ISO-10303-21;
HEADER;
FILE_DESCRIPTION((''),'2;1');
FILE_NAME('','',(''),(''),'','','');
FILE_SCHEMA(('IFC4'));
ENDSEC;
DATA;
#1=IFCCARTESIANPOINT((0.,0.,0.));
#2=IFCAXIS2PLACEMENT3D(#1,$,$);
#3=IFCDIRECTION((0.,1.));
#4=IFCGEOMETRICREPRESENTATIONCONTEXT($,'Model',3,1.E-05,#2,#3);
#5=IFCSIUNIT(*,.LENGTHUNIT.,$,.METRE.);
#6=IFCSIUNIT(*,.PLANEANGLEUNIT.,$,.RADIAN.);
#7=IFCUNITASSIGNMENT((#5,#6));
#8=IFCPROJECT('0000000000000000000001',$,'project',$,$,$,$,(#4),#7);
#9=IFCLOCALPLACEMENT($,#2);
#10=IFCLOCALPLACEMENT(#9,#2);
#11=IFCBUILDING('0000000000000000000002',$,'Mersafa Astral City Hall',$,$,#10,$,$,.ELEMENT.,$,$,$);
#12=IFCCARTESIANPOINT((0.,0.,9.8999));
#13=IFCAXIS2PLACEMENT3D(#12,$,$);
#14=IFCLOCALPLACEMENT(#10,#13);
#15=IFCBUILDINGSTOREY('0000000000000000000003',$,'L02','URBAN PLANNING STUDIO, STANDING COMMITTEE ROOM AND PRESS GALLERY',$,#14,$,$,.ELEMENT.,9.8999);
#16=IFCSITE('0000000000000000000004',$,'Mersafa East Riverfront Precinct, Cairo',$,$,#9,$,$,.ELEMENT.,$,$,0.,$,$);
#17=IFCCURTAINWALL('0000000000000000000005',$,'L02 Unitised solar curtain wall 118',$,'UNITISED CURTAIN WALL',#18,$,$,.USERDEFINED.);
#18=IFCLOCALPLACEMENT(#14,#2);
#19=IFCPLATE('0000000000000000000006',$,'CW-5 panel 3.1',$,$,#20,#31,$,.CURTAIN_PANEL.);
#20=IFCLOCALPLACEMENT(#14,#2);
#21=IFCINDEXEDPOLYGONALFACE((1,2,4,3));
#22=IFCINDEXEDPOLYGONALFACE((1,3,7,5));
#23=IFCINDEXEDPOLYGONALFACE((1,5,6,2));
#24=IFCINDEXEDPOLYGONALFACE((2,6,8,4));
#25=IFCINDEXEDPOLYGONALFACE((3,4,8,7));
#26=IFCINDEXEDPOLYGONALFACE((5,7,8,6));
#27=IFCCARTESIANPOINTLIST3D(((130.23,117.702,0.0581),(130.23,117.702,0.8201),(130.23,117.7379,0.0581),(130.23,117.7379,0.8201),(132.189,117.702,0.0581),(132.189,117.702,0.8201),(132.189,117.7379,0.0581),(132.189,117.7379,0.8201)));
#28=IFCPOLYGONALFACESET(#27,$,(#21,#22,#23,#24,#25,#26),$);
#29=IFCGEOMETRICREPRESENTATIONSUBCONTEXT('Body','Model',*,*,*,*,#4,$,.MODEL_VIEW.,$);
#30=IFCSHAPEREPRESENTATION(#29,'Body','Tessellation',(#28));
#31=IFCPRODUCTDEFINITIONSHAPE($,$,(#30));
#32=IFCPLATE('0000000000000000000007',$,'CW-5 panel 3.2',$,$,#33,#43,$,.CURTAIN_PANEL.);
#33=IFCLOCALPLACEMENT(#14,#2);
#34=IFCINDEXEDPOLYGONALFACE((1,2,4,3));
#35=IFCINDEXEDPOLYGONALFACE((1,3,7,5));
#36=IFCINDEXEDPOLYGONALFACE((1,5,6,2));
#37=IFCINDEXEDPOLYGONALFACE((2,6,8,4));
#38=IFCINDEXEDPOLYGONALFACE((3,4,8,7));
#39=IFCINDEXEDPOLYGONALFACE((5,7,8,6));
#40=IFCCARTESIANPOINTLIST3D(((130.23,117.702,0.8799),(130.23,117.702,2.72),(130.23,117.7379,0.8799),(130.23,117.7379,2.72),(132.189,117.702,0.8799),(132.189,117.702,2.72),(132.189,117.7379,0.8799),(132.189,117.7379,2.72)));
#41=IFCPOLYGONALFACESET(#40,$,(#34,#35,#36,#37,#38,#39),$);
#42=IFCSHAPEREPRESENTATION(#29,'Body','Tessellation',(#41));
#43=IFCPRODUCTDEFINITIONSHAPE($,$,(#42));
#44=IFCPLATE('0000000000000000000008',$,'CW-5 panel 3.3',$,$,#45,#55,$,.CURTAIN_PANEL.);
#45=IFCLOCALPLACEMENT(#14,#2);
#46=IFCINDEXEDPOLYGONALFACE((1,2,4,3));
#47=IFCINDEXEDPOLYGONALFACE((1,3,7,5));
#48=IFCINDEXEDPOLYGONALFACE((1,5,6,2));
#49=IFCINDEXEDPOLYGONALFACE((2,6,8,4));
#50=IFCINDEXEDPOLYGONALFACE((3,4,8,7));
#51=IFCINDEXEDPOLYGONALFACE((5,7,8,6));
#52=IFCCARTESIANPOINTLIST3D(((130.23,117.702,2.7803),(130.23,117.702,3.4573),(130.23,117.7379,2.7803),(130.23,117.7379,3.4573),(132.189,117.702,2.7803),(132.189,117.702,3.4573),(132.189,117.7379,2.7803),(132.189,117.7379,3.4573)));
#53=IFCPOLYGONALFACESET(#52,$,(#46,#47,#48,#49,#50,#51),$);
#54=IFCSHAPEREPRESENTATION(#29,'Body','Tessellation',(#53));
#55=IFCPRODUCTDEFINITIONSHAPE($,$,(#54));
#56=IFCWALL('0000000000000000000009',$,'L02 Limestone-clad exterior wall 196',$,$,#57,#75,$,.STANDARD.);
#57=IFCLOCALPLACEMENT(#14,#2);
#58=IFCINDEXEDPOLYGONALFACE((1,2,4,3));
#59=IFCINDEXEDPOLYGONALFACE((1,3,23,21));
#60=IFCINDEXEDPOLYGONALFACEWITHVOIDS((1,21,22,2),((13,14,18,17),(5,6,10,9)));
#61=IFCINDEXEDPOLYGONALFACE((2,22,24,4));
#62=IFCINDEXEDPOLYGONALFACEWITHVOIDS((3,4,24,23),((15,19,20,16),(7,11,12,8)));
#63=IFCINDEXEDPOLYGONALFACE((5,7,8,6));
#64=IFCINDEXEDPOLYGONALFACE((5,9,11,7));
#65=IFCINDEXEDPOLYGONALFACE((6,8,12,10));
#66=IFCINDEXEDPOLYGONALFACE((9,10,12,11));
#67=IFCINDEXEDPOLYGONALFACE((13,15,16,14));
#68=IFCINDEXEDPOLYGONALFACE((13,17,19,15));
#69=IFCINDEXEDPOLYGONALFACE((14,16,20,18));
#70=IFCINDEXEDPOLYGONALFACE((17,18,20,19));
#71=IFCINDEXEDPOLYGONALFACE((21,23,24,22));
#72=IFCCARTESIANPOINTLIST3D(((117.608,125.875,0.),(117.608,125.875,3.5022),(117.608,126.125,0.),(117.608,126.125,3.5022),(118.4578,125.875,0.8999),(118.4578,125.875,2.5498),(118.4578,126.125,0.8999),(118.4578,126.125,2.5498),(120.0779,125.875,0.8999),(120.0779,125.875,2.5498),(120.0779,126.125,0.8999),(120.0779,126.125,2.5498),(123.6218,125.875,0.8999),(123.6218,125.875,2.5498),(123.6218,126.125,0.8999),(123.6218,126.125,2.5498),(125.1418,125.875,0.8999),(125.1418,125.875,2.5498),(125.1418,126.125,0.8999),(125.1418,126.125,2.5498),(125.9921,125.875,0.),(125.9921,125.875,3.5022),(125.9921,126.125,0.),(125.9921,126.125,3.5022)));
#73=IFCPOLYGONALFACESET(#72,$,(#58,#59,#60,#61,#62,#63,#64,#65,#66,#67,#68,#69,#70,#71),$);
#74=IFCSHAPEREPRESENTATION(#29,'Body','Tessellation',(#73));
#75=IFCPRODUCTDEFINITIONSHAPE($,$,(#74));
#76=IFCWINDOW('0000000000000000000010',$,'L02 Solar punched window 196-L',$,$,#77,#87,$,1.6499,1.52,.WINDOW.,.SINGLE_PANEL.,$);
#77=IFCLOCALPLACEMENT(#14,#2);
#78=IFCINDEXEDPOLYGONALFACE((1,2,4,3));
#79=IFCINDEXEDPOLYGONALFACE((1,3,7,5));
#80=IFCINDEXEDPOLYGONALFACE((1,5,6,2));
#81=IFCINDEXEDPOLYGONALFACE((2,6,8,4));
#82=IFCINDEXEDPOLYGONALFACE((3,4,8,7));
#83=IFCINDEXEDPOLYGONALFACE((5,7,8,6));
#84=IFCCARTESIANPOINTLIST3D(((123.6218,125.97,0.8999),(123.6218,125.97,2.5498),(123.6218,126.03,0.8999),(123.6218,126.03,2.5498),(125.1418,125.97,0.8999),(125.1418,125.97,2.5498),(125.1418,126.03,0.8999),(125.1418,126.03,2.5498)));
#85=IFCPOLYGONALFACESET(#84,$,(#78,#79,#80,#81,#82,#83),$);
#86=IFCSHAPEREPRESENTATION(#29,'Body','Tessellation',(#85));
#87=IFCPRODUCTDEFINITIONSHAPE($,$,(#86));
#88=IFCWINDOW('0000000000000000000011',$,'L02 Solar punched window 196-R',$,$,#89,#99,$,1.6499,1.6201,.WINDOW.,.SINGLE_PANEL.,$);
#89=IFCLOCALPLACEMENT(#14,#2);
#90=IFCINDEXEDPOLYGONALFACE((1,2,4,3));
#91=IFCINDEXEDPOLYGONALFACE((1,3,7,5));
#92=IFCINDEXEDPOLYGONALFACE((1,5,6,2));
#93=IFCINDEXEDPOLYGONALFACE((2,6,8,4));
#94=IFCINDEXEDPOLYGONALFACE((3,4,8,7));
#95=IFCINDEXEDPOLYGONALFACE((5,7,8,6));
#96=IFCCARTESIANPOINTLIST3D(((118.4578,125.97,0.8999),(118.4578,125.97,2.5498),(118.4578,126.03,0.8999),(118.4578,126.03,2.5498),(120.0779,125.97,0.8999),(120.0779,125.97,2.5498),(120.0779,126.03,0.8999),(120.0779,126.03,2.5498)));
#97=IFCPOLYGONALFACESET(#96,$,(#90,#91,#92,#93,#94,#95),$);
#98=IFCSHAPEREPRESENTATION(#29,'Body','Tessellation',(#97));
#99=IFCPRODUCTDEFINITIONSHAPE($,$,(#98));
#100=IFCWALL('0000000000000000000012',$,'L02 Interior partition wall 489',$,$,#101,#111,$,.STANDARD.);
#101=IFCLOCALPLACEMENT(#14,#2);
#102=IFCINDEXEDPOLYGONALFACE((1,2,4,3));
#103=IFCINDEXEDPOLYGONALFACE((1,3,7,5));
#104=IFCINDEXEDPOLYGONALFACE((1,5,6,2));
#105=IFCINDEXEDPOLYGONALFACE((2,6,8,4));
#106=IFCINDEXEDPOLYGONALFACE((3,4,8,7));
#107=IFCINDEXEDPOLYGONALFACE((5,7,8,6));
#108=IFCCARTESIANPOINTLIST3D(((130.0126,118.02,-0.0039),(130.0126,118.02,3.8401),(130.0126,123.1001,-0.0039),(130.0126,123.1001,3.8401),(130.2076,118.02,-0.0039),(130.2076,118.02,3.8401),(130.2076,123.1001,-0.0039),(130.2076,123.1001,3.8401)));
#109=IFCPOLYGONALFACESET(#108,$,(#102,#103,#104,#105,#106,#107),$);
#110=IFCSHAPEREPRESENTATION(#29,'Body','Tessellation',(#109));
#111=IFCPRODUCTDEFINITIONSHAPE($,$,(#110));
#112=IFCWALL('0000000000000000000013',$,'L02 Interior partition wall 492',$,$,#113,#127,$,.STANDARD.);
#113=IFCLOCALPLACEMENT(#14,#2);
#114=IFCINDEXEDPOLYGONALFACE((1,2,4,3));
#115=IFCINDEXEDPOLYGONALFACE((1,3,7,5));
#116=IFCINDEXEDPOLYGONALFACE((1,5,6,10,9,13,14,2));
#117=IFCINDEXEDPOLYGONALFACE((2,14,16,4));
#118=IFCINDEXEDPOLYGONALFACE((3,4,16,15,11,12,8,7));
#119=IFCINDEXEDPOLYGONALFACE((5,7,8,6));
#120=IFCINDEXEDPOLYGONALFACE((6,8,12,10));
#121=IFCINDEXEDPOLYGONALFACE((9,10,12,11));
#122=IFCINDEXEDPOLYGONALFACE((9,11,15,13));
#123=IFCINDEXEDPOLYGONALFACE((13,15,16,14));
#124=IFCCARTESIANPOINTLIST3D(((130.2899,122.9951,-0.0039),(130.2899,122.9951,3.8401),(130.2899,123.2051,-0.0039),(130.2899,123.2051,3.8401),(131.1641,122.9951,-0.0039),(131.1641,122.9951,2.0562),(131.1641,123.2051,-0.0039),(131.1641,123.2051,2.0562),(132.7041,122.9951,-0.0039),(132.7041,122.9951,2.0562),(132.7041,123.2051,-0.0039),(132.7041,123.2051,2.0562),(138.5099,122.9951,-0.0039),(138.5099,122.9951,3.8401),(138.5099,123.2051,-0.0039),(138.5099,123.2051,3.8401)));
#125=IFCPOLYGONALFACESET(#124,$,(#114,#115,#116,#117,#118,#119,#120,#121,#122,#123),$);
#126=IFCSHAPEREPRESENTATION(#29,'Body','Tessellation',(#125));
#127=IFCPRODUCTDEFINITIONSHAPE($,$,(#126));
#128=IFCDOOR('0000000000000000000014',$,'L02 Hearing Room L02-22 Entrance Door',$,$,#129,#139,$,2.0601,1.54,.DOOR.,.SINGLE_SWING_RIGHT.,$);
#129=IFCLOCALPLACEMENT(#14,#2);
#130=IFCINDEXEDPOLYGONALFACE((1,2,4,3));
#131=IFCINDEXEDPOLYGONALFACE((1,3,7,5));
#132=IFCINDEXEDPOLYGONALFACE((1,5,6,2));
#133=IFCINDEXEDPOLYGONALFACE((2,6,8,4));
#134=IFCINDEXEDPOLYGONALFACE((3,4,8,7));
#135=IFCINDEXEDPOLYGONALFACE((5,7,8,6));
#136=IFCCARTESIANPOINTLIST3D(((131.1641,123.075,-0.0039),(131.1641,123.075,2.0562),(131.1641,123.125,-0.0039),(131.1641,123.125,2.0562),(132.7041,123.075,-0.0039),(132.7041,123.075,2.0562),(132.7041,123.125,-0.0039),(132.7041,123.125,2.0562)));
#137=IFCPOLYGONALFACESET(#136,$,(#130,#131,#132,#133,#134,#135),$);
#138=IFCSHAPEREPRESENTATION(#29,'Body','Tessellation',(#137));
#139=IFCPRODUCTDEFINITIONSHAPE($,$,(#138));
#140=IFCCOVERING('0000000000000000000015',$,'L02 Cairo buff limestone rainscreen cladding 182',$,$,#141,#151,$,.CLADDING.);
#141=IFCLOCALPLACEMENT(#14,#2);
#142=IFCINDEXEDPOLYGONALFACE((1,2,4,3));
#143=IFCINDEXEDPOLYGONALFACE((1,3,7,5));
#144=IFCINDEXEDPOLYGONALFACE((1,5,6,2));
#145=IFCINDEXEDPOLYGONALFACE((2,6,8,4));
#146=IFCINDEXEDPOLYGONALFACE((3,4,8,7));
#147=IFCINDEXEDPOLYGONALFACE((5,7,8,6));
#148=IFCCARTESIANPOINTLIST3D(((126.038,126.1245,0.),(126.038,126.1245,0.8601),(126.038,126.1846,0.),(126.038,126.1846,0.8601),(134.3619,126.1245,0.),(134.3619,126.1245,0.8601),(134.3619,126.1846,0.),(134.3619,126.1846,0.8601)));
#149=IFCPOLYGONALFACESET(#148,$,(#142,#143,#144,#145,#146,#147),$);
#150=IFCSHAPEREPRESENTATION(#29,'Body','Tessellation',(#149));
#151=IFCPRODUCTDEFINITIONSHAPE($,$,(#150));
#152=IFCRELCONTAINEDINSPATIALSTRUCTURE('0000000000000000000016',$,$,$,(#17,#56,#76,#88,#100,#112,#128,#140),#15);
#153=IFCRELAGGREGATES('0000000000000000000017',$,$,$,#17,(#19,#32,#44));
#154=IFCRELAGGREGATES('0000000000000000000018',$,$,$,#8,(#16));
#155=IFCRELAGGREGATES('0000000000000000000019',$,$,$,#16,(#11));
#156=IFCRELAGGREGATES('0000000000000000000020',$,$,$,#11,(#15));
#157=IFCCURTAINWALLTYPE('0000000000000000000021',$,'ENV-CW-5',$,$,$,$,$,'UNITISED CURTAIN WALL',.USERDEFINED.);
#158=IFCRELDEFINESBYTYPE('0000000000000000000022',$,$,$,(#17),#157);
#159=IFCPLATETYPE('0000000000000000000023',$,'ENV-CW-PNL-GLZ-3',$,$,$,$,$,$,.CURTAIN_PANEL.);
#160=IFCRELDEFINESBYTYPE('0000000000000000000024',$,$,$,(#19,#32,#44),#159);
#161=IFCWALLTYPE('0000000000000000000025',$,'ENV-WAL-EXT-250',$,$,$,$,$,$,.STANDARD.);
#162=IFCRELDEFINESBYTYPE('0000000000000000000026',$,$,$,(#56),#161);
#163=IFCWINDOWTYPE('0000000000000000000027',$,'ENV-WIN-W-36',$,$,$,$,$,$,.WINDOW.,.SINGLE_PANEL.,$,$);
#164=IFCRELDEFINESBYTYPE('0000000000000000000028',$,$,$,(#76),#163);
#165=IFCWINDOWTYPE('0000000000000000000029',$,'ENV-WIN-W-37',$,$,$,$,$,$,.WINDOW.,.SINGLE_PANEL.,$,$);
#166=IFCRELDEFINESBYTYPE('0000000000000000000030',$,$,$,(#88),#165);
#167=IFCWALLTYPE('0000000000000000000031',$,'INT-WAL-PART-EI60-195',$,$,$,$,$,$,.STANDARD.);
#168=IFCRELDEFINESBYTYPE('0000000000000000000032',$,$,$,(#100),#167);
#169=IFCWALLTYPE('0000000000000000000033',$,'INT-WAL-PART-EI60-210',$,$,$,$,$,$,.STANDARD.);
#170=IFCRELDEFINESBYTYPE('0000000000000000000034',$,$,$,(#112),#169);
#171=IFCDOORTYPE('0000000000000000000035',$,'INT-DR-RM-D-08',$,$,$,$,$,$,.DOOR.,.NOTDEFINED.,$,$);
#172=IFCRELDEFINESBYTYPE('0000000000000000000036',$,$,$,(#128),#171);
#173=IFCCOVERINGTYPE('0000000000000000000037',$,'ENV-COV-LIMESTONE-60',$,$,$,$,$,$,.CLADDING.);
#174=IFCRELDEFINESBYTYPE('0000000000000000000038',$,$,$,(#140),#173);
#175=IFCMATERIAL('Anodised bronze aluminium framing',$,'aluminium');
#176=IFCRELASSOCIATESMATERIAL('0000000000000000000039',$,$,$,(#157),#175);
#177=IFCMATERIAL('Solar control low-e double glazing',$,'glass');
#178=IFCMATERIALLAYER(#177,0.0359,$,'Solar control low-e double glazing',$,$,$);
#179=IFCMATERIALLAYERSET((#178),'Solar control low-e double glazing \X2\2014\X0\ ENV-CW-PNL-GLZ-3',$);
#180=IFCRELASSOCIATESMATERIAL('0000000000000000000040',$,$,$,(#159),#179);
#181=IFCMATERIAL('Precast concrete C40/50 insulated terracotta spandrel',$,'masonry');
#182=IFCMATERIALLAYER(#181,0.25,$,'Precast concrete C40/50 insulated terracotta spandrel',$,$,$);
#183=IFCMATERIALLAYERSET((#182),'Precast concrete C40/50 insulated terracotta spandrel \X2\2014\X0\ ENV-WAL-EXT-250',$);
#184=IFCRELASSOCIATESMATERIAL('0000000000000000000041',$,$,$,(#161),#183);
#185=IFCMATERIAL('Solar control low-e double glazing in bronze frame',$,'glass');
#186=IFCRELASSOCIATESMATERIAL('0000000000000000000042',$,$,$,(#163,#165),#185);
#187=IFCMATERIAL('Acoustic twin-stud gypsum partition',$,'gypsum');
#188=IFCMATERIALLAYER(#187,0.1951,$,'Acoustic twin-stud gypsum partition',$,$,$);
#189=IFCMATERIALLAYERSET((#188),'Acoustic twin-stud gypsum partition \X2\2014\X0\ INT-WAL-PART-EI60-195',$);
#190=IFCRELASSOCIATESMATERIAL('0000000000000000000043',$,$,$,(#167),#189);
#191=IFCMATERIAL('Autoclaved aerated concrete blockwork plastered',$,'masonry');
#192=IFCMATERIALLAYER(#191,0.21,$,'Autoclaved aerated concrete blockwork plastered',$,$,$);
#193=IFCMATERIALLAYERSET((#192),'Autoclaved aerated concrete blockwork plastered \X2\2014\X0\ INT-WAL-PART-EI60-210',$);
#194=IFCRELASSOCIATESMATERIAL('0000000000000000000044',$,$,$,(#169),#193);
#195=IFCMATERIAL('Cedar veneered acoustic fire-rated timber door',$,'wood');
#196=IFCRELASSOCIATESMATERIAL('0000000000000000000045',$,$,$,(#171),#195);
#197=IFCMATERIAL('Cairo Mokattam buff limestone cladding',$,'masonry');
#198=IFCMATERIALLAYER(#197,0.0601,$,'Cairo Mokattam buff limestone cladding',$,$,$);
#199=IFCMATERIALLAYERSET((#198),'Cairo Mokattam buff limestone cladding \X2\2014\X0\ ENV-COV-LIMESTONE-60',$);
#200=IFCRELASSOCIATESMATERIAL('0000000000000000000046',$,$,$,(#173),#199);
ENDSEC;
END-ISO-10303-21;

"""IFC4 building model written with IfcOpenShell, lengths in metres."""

from ifc_helpers import new_model, si_unit, direction, frame, frame_2d, origin, origin_2d, place, context, subcontext, project, spatial, rectangle, extrude, material, layer, layer_set, type_object, element, fill, aggregate, save


model = new_model("IFC4")

# Units and contexts
model_context = context("Model", 3, precision=1e-05, world=origin(), true_north=direction((0.0, 1.0)))
body_context = subcontext(model_context, "Body", "Model", "MODEL_VIEW")
ifc_project = project(units=[si_unit("LENGTHUNIT", "METRE"), si_unit("PLANEANGLEUNIT", "RADIAN")], contexts=[model_context])

# Site, building, storey
site_placement = place(None, origin())
site = spatial("IfcSite", under=ifc_project, at=site_placement, Name="Mersafa East Riverfront Precinct, Cairo", CompositionType="ELEMENT", RefElevation=0.0)
building_placement = place(site_placement, origin())
building = spatial("IfcBuilding", under=site, at=building_placement, Name="Mersafa Astral City Hall", CompositionType="ELEMENT")
storey_placement = place(building_placement, frame((0.0, 0.0, 9.8999)))
storey = spatial("IfcBuildingStorey", under=building, at=storey_placement, Name="L02", Description="URBAN PLANNING STUDIO, STANDING COMMITTEE ROOM AND PRESS GALLERY", CompositionType="ELEMENT", Elevation=9.8999)

# Curtain wall
ifc_material_1 = material(Name="Anodised bronze aluminium framing", Category="aluminium")
curtain_wall_type = type_object("IfcCurtainWallType", Name="ENV-CW-5", ElementType="UNITISED CURTAIN WALL", PredefinedType="USERDEFINED", material=ifc_material_1)
curtain_wall_placement = place(storey_placement, origin())
curtain_wall = element("IfcCurtainWall", 1, at=curtain_wall_placement, inside=storey, type_object=curtain_wall_type, Name="L02 Unitised solar curtain wall 118", ObjectType="UNITISED CURTAIN WALL", PredefinedType="USERDEFINED")

# Plates
ifc_material_2 = material(Name="Solar control low-e double glazing", Category="glass")
ifc_layer_1 = layer(ifc_material_2, 0.0359, Name="Solar control low-e double glazing")
ifc_layer_set_1 = layer_set([ifc_layer_1], Name="Solar control low-e double glazing — ENV-CW-PNL-GLZ-3")
plate_type = type_object("IfcPlateType", Name="ENV-CW-PNL-GLZ-3", PredefinedType="CURTAIN_PANEL", material=ifc_layer_set_1)
plate_1_placement = place(storey_placement, frame((131.2095, 117.72, 0.0581), z_axis=(0.0, 0.0, 1.0), x_axis=(1.0, 0.0, 0.0)))
plate_1 = element("IfcPlate", 2, at=plate_1_placement, type_object=plate_type, Name="CW-5 panel 3.1", PredefinedType="CURTAIN_PANEL", context=body_context, shape_type="SweptSolid", body=[
    extrude(rectangle(XDim=1.959, YDim=0.0359, at=origin_2d()), origin(), (0.0, 0.0, 1.0), 0.762),
])
plate_2_placement = place(storey_placement, frame((131.2095, 117.72, 0.8799), z_axis=(0.0, 0.0, 1.0), x_axis=(1.0, 0.0, 0.0)))
plate_2 = element("IfcPlate", 3, at=plate_2_placement, type_object=plate_type, Name="CW-5 panel 3.2", PredefinedType="CURTAIN_PANEL", context=body_context, shape_type="SweptSolid", body=[
    extrude(rectangle(XDim=1.959, YDim=0.0359, at=origin_2d()), origin(), (0.0, 0.0, 1.0), 1.8401),
])
plate_3_placement = place(storey_placement, frame((131.2095, 117.72, 2.7803), z_axis=(0.0, 0.0, 1.0), x_axis=(1.0, 0.0, 0.0)))
plate_3 = element("IfcPlate", 4, at=plate_3_placement, type_object=plate_type, Name="CW-5 panel 3.3", PredefinedType="CURTAIN_PANEL", context=body_context, shape_type="SweptSolid", body=[
    extrude(rectangle(XDim=1.959, YDim=0.0359, at=origin_2d()), origin(), (0.0, 0.0, 1.0), 0.677),
])
aggregate(curtain_wall, [plate_1, plate_2, plate_3])

# Wall, openings, windows
ifc_material_3 = material(Name="Precast concrete C40/50 insulated terracotta spandrel", Category="masonry")
ifc_layer_2 = layer(ifc_material_3, 0.25, Name="Precast concrete C40/50 insulated terracotta spandrel")
ifc_layer_set_2 = layer_set([ifc_layer_2], Name="Precast concrete C40/50 insulated terracotta spandrel — ENV-WAL-EXT-250")
wall_type_1 = type_object("IfcWallType", Name="ENV-WAL-EXT-250", PredefinedType="STANDARD", material=ifc_layer_set_2)
wall_1_placement = place(storey_placement, frame((125.9919, 126.0, 0.0), z_axis=(0.0, 0.0, 1.0), x_axis=(-1.0, 0.0, 0.0)))
wall_1 = element("IfcWall", 5, at=wall_1_placement, inside=storey, type_object=wall_type_1, Name="L02 Limestone-clad exterior wall 196", PredefinedType="STANDARD", context=body_context, shape_type="SweptSolid", body=[
    extrude(rectangle(XDim=8.384, YDim=0.25, at=frame_2d((4.1919, 0.0))), origin(), (0.0, 0.0, 1.0), 3.5022),
])
opening_1_placement = place(wall_1_placement, frame((0.8501, 0.0, 0.8999)))
opening_1 = element("IfcOpeningElement", 6, at=opening_1_placement, cuts=wall_1, PredefinedType="OPENING", context=body_context, shape_type="SweptSolid", body=[
    extrude(rectangle(XDim=1.52, YDim=1.6499, at=frame_2d((0.76, 0.825))), frame((0.0, 0.135, 0.0), z_axis=(0.0, -1.0, 0.0), x_axis=(1.0, 0.0, 0.0)), (0.0, 0.0, 1.0), 0.27),
])
opening_2_placement = place(wall_1_placement, frame((5.9141, 0.0, 0.8999)))
opening_2 = element("IfcOpeningElement", 7, at=opening_2_placement, cuts=wall_1, PredefinedType="OPENING", context=body_context, shape_type="SweptSolid", body=[
    extrude(rectangle(XDim=1.6201, YDim=1.6499, at=frame_2d((0.8101, 0.825))), frame((0.0, 0.135, 0.0), z_axis=(0.0, -1.0, 0.0), x_axis=(1.0, 0.0, 0.0)), (0.0, 0.0, 1.0), 0.27),
])
ifc_material_4 = material(Name="Solar control low-e double glazing in bronze frame", Category="glass")
window_type_1 = type_object("IfcWindowType", Name="ENV-WIN-W-36", PartitioningType="SINGLE_PANEL", PredefinedType="WINDOW", material=ifc_material_4)
window_1_placement = place(opening_1_placement, origin())
window_1 = element("IfcWindow", 8, at=window_1_placement, inside=storey, type_object=window_type_1, Name="L02 Solar punched window 196-L", OverallHeight=1.6499, OverallWidth=1.52, PartitioningType="SINGLE_PANEL", PredefinedType="WINDOW", context=body_context, shape_type="SweptSolid", body=[
    extrude(rectangle(XDim=1.52, YDim=1.6499, at=frame_2d((0.76, 0.825))), frame((0.0, 0.03, 0.0), z_axis=(0.0, -1.0, 0.0), x_axis=(1.0, 0.0, 0.0)), (0.0, 0.0, 1.0), 0.0601),
])
fill(opening_1, window_1)
window_type_2 = type_object("IfcWindowType", Name="ENV-WIN-W-37", PartitioningType="SINGLE_PANEL", PredefinedType="WINDOW", material=ifc_material_4)
window_2_placement = place(opening_2_placement, origin())
window_2 = element("IfcWindow", 9, at=window_2_placement, inside=storey, type_object=window_type_2, Name="L02 Solar punched window 196-R", OverallHeight=1.6499, OverallWidth=1.6201, PartitioningType="SINGLE_PANEL", PredefinedType="WINDOW", context=body_context, shape_type="SweptSolid", body=[
    extrude(rectangle(XDim=1.6201, YDim=1.6499, at=frame_2d((0.8101, 0.825))), frame((0.0, 0.03, 0.0), z_axis=(0.0, -1.0, 0.0), x_axis=(1.0, 0.0, 0.0)), (0.0, 0.0, 1.0), 0.0601),
])
fill(opening_2, window_2)

# Wall
ifc_material_5 = material(Name="Acoustic twin-stud gypsum partition", Category="gypsum")
ifc_layer_3 = layer(ifc_material_5, 0.1951, Name="Acoustic twin-stud gypsum partition")
ifc_layer_set_3 = layer_set([ifc_layer_3], Name="Acoustic twin-stud gypsum partition — INT-WAL-PART-EI60-195")
wall_type_2 = type_object("IfcWallType", Name="INT-WAL-PART-EI60-195", PredefinedType="STANDARD", material=ifc_layer_set_3)
wall_2_placement = place(storey_placement, frame((130.1101, 123.1001, -0.0039), z_axis=(0.0, 0.0, 1.0), x_axis=(0.0, -1.0, 0.0)))
element("IfcWall", 10, at=wall_2_placement, inside=storey, type_object=wall_type_2, Name="L02 Interior partition wall 489", PredefinedType="STANDARD", context=body_context, shape_type="SweptSolid", body=[
    extrude(rectangle(XDim=5.0801, YDim=0.1951, at=frame_2d((2.54, 0.0))), origin(), (0.0, 0.0, 1.0), 3.844),
])

# Wall, opening, door
ifc_material_6 = material(Name="Autoclaved aerated concrete blockwork plastered", Category="masonry")
ifc_layer_4 = layer(ifc_material_6, 0.21, Name="Autoclaved aerated concrete blockwork plastered")
ifc_layer_set_4 = layer_set([ifc_layer_4], Name="Autoclaved aerated concrete blockwork plastered — INT-WAL-PART-EI60-210")
wall_type_3 = type_object("IfcWallType", Name="INT-WAL-PART-EI60-210", PredefinedType="STANDARD", material=ifc_layer_set_4)
wall_3_placement = place(storey_placement, frame((130.29, 123.1001, -0.0039), z_axis=(0.0, 0.0, 1.0), x_axis=(1.0, 0.0, 0.0)))
wall_3 = element("IfcWall", 11, at=wall_3_placement, inside=storey, type_object=wall_type_3, Name="L02 Interior partition wall 492", PredefinedType="STANDARD", context=body_context, shape_type="SweptSolid", body=[
    extrude(rectangle(XDim=8.22, YDim=0.21, at=frame_2d((4.1099, 0.0))), origin(), (0.0, 0.0, 1.0), 3.844),
])
opening_3_placement = place(wall_3_placement, frame((0.874, 0.0, 0.0)))
opening_3 = element("IfcOpeningElement", 12, at=opening_3_placement, cuts=wall_3, PredefinedType="OPENING", context=body_context, shape_type="SweptSolid", body=[
    extrude(rectangle(XDim=1.54, YDim=2.0601, at=frame_2d((0.77, 1.03))), frame((0.0, 0.115, 0.0), z_axis=(0.0, -1.0, 0.0), x_axis=(1.0, 0.0, 0.0)), (0.0, 0.0, 1.0), 0.23),
])
ifc_material_7 = material(Name="Cedar veneered acoustic fire-rated timber door", Category="wood")
door_type = type_object("IfcDoorType", Name="INT-DR-RM-D-08", OperationType="NOTDEFINED", PredefinedType="DOOR", material=ifc_material_7)
door_placement = place(opening_3_placement, origin())
door = element("IfcDoor", 13, at=door_placement, inside=storey, type_object=door_type, Name="L02 Hearing Room L02-22 Entrance Door", OperationType="SINGLE_SWING_RIGHT", OverallHeight=2.0601, OverallWidth=1.54, PredefinedType="DOOR", context=body_context, shape_type="SweptSolid", body=[
    extrude(rectangle(XDim=1.54, YDim=2.0601, at=frame_2d((0.77, 1.03))), frame((0.0, 0.0249, 0.0), z_axis=(0.0, -1.0, 0.0), x_axis=(1.0, 0.0, 0.0)), (0.0, 0.0, 1.0), 0.05),
])
fill(opening_3, door)

# Covering
ifc_material_8 = material(Name="Cairo Mokattam buff limestone cladding", Category="masonry")
ifc_layer_5 = layer(ifc_material_8, 0.0601, Name="Cairo Mokattam buff limestone cladding")
ifc_layer_set_5 = layer_set([ifc_layer_5], Name="Cairo Mokattam buff limestone cladding — ENV-COV-LIMESTONE-60")
covering_type = type_object("IfcCoveringType", Name="ENV-COV-LIMESTONE-60", PredefinedType="CLADDING", material=ifc_layer_set_5)
covering_placement = place(storey_placement, frame((130.2, 126.1545, 0.0), z_axis=(0.0, 0.0, 1.0), x_axis=(-1.0, 0.0, 0.0)))
element("IfcCovering", 14, at=covering_placement, inside=storey, type_object=covering_type, Name="L02 Cairo buff limestone rainscreen cladding 182", PredefinedType="CLADDING", context=body_context, shape_type="SweptSolid", body=[
    extrude(rectangle(XDim=8.324, YDim=0.0601, at=origin_2d()), origin(), (0.0, 0.0, 1.0), 0.8601),
])

save(model, "model.ifc")
